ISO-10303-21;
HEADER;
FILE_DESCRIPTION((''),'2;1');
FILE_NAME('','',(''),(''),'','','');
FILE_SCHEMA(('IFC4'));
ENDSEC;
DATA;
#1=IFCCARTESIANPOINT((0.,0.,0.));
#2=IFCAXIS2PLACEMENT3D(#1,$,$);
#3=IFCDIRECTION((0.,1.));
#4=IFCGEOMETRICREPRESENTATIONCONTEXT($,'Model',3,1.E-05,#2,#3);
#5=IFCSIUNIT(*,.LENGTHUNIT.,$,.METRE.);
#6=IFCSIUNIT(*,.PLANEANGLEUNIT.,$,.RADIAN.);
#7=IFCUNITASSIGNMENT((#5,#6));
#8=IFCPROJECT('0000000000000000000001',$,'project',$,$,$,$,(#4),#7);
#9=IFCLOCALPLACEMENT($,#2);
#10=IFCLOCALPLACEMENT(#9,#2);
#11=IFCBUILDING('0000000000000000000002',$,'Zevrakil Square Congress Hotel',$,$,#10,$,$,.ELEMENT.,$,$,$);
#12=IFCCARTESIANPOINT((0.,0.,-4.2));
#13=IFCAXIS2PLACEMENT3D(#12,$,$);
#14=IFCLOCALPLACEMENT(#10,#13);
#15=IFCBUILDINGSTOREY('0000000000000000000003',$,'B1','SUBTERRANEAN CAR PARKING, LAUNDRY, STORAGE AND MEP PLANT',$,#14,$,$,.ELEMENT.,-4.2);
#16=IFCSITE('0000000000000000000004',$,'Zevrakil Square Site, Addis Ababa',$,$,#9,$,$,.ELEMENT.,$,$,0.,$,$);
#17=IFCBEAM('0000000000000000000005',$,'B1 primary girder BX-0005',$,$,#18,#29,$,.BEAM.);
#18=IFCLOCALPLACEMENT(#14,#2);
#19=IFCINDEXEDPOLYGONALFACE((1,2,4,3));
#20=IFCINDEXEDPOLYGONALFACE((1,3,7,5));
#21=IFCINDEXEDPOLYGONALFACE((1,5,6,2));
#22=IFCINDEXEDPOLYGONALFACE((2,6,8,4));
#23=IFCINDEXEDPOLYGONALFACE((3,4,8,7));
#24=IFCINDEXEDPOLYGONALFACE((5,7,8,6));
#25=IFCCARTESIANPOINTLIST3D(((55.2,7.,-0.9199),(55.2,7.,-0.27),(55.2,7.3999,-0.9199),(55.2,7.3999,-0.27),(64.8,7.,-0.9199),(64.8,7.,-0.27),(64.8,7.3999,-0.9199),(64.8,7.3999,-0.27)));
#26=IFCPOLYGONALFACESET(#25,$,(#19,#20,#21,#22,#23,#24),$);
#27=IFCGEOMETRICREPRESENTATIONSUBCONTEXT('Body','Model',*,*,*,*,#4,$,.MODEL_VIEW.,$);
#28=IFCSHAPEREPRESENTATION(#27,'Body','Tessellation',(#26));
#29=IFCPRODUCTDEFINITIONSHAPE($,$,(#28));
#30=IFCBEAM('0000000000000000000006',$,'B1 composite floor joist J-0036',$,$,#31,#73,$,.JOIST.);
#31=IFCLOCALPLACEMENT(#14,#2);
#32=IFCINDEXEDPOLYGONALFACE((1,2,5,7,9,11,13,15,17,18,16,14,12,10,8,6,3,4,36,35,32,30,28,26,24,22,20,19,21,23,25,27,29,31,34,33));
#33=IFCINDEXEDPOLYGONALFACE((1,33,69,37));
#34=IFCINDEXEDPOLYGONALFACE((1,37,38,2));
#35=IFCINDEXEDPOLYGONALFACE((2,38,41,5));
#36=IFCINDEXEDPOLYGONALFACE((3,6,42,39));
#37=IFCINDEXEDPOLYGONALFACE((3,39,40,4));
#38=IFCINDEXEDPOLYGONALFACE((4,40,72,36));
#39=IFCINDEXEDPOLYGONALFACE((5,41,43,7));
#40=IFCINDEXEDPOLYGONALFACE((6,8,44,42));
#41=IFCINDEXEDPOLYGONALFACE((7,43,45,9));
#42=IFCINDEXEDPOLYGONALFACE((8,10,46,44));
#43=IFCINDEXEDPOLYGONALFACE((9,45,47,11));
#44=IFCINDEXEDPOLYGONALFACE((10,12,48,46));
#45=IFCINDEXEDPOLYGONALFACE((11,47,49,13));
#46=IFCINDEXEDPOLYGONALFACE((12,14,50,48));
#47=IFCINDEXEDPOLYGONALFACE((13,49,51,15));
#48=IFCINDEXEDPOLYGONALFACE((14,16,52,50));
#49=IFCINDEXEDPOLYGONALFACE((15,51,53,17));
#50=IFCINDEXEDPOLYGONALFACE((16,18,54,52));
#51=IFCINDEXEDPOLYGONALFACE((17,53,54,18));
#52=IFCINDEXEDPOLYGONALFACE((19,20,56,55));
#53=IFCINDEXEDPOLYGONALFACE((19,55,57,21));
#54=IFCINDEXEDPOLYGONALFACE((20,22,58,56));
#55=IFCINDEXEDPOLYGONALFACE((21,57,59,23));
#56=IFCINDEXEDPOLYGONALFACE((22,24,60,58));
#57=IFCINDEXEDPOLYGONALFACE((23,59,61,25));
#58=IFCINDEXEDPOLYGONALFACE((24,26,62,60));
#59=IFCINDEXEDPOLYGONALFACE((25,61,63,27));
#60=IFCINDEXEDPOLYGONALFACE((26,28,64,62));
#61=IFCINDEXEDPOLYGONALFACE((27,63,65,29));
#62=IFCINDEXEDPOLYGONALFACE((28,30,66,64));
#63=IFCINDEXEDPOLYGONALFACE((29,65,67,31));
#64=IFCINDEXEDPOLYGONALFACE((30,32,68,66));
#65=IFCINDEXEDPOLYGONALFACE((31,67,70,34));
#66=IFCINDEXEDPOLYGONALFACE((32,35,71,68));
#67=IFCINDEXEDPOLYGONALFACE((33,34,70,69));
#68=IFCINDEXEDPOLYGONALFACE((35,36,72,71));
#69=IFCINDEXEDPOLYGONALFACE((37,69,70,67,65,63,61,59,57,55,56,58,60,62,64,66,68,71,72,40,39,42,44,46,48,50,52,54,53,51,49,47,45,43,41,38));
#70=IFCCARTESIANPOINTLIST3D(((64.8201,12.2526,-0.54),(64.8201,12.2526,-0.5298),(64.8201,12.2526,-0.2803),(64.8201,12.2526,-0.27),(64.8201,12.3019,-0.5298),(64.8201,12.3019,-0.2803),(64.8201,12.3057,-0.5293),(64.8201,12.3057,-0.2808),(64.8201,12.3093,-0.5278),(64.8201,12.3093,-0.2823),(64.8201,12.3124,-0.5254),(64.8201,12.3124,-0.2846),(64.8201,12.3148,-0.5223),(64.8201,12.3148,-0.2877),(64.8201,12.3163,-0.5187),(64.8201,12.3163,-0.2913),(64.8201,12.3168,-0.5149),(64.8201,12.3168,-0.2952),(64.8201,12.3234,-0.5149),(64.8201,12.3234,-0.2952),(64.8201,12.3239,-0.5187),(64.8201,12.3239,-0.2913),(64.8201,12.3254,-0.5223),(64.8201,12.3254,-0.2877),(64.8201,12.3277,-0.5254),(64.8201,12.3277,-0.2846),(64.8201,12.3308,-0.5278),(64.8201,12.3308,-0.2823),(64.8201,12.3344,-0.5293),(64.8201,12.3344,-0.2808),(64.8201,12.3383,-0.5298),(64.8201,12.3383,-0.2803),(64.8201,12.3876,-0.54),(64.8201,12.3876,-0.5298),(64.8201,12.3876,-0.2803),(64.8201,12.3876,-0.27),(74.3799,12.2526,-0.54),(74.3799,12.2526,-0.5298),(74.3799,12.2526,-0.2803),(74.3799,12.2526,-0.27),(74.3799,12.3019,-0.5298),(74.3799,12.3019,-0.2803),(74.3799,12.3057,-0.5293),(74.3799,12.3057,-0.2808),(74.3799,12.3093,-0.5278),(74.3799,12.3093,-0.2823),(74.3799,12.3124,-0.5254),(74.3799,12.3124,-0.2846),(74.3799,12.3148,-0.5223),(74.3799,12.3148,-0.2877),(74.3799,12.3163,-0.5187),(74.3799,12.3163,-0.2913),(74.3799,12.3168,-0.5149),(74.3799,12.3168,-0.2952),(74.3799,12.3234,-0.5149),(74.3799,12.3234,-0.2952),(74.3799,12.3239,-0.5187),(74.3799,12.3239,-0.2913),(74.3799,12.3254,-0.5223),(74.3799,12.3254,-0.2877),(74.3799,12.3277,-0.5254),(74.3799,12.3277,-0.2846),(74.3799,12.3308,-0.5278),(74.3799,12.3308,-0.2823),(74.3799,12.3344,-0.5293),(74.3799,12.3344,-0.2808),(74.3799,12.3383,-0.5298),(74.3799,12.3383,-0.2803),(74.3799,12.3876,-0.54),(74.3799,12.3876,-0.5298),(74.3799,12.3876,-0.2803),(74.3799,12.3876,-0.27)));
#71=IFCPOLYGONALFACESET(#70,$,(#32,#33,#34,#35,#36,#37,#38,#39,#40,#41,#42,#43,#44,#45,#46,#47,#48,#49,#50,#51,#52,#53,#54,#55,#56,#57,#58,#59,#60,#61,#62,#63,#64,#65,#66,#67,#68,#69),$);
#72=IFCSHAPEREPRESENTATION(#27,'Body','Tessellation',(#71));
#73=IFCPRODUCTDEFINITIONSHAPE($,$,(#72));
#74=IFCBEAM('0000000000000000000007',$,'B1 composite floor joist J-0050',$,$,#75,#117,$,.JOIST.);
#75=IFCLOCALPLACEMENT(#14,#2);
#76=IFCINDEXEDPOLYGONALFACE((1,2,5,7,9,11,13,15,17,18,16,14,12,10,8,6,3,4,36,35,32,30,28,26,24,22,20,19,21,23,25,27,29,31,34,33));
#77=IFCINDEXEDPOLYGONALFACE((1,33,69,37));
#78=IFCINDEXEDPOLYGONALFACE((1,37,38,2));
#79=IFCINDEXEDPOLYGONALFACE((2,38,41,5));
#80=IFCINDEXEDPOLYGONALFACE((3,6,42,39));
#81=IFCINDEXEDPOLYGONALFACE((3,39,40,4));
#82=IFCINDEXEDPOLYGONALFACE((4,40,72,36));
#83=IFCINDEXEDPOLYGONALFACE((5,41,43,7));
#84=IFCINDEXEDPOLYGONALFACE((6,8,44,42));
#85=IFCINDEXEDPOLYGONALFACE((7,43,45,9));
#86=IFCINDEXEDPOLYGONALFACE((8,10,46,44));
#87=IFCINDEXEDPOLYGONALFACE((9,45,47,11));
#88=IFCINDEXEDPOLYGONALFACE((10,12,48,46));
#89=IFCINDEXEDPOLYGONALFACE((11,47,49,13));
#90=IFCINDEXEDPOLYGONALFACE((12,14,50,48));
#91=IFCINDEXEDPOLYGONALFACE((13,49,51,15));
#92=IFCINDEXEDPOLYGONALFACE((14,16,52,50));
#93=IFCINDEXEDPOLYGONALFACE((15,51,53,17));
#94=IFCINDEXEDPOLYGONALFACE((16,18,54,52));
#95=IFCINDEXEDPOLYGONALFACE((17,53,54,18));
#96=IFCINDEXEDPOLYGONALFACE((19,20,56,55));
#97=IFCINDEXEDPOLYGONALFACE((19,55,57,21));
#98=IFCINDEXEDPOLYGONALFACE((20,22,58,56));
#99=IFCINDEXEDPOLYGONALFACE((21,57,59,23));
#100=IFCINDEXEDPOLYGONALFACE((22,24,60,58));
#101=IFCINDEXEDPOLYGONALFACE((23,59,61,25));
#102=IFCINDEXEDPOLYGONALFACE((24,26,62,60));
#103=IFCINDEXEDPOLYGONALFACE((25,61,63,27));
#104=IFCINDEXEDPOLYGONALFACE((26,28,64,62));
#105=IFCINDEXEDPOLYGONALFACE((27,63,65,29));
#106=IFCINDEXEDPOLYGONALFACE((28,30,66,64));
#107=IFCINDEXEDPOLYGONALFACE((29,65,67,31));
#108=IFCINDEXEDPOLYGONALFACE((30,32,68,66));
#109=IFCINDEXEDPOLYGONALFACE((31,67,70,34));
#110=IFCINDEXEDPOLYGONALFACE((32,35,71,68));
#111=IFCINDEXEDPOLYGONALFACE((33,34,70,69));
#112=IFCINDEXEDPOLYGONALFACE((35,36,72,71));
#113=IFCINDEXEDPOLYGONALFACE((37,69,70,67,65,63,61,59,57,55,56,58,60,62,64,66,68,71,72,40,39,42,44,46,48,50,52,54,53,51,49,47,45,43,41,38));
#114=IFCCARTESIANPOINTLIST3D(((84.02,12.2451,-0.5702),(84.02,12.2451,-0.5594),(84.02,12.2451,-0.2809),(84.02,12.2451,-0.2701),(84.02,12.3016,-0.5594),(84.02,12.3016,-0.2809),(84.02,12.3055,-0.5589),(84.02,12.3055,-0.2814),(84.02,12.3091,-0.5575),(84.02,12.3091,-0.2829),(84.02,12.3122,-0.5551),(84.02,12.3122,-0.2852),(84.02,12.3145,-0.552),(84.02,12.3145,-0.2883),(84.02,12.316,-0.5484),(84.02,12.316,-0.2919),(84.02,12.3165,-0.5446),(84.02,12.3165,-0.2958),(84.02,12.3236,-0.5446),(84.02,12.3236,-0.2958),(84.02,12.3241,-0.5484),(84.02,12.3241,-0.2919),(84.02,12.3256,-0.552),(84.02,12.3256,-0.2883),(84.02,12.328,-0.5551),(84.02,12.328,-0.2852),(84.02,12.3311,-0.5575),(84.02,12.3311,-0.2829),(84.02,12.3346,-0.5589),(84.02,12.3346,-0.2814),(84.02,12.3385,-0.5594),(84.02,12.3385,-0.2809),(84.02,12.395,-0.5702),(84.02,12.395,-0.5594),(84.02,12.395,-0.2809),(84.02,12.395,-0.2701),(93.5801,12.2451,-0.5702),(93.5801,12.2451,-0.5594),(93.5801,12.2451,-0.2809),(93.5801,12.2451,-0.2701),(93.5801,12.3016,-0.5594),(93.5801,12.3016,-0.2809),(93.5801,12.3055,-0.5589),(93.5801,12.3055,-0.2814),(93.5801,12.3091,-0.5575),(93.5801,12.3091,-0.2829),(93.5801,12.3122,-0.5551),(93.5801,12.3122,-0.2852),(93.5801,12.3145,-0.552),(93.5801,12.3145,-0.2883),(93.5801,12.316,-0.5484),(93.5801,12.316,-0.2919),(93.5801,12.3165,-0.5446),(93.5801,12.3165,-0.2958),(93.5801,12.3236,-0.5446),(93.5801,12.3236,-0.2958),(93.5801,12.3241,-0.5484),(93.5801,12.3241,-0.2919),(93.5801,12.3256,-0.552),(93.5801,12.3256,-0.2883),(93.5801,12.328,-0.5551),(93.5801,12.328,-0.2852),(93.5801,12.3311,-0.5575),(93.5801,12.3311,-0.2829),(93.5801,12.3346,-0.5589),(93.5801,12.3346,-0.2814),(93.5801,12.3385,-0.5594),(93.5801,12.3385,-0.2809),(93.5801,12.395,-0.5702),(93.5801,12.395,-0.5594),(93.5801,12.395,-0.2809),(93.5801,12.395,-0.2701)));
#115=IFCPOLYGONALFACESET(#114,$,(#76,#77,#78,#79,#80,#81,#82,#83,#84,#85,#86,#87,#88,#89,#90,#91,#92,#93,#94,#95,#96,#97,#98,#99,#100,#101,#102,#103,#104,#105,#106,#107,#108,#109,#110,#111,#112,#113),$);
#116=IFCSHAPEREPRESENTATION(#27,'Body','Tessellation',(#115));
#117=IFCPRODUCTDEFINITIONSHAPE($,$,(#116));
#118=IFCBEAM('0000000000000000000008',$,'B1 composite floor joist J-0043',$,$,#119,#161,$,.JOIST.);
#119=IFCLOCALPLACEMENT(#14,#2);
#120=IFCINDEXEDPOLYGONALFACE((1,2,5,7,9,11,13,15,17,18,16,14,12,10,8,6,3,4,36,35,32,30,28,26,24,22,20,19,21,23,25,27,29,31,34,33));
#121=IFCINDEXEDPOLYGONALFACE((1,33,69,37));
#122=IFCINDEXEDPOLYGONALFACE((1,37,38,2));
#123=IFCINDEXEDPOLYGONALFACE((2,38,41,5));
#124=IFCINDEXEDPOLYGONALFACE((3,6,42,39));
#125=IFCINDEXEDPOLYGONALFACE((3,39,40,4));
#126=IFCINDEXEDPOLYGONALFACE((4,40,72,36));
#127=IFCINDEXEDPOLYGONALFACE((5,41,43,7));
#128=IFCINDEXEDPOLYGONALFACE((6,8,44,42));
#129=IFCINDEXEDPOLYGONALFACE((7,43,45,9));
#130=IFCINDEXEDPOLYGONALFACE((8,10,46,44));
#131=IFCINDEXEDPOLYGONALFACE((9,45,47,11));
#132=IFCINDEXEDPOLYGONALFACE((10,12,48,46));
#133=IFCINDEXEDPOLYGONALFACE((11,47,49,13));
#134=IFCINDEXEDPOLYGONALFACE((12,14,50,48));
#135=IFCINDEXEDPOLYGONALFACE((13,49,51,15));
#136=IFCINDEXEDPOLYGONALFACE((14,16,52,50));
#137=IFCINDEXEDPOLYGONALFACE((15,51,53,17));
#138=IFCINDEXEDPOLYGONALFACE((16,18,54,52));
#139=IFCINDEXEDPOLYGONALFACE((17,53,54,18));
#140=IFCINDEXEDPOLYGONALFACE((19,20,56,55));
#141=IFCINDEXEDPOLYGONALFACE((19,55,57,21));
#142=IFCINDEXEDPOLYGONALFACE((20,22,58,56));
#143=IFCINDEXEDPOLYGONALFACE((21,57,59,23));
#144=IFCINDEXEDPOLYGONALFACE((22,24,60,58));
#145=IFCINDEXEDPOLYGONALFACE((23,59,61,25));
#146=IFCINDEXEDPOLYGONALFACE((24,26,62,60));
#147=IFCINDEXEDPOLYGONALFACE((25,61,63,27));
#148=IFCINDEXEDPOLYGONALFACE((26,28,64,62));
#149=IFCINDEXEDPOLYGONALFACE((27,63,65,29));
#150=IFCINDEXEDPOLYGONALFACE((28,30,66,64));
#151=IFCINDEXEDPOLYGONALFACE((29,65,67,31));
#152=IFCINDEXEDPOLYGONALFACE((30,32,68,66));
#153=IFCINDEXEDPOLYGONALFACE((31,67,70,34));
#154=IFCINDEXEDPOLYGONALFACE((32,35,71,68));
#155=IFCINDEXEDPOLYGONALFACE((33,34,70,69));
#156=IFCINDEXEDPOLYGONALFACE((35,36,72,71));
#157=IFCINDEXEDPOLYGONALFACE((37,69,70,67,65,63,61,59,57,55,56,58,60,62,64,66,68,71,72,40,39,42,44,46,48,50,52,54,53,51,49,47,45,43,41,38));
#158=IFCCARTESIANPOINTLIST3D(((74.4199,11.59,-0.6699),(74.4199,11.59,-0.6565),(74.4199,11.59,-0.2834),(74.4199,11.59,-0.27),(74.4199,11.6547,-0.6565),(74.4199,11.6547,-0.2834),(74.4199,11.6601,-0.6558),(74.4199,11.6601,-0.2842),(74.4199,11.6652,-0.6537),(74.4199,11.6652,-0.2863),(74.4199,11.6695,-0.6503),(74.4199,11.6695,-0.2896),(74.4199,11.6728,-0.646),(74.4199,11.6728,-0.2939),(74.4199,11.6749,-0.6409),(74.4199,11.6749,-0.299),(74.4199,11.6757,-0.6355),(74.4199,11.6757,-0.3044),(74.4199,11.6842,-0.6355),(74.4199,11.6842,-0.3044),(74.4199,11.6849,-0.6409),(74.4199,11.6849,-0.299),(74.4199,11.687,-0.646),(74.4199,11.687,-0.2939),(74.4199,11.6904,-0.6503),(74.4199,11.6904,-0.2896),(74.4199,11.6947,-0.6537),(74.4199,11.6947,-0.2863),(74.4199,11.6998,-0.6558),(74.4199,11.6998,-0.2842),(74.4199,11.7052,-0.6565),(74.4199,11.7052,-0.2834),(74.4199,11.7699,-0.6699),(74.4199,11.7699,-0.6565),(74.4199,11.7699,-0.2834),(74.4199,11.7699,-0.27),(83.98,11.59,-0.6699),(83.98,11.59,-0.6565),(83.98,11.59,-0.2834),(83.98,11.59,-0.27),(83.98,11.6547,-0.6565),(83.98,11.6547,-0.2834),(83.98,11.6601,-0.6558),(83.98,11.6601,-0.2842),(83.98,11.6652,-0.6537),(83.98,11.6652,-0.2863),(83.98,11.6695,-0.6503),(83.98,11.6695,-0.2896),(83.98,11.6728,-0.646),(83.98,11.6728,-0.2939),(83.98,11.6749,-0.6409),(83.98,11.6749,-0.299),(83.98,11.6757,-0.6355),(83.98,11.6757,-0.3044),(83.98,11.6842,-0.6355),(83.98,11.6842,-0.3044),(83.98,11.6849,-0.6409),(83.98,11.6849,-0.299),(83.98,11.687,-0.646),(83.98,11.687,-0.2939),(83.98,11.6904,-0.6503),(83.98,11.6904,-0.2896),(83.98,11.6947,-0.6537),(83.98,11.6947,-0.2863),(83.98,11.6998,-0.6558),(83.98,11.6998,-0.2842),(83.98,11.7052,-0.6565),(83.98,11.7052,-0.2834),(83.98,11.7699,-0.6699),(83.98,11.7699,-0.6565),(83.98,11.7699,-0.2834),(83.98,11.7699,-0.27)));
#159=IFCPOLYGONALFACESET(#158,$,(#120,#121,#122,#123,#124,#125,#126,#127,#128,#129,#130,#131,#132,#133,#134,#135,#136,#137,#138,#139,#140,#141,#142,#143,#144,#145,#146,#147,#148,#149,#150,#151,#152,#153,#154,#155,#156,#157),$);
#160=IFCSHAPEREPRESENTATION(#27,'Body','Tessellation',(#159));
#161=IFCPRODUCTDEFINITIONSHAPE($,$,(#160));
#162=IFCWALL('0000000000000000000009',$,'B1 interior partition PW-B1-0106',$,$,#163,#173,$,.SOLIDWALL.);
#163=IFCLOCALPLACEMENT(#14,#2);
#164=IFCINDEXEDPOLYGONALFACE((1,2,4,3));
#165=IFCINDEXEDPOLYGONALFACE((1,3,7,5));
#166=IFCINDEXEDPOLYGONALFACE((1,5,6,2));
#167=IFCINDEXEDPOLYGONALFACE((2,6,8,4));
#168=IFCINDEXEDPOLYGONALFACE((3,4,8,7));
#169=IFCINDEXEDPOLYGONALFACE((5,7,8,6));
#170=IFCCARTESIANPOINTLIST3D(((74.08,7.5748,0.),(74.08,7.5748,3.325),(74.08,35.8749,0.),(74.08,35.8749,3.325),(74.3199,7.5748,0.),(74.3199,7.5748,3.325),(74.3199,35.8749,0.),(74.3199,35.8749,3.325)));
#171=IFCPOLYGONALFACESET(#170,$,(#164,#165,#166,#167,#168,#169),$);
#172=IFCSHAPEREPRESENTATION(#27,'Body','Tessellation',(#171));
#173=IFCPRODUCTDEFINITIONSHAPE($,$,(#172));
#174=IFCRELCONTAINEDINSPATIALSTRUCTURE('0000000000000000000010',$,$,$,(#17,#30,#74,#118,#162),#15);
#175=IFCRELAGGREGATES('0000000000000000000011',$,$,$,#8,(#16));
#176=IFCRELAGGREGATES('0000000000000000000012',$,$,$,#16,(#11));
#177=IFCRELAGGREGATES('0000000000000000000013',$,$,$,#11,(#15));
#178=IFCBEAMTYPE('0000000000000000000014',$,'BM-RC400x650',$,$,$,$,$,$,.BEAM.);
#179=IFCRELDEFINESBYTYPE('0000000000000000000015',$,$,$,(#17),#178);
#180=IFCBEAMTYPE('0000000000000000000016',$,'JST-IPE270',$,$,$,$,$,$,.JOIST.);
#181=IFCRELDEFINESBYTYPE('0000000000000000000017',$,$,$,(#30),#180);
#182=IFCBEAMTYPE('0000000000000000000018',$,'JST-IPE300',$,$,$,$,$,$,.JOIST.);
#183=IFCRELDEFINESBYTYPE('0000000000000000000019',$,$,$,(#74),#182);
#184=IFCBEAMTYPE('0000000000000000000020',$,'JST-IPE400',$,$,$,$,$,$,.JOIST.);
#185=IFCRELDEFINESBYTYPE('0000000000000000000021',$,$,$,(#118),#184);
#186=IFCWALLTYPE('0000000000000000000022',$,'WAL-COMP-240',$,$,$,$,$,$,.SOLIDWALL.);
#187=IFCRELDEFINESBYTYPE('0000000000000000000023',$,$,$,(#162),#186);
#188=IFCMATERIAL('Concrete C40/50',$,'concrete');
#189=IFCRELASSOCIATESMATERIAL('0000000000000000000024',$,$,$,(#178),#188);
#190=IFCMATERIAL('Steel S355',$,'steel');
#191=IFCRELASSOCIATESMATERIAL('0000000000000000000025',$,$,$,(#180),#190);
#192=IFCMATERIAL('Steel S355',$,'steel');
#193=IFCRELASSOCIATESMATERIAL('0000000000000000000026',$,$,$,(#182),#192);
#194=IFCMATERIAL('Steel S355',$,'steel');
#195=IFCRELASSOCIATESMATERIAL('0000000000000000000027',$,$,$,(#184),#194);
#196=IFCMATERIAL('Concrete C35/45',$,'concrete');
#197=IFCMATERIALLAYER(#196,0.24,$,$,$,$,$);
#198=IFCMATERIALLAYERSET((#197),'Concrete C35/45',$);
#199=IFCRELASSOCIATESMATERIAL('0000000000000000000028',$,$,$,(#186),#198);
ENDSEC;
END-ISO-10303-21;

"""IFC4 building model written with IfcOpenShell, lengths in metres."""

from ifc_helpers import new_model, si_unit, direction, frame, frame_2d, origin, origin_2d, place, context, subcontext, project, spatial, rectangle, i_section, extrude, material, layer, layer_set, material_profile, profile_set, type_object, element, save


model = new_model("IFC4")

# Units and contexts
model_context = context("Model", 3, precision=1e-05, world=origin(), true_north=direction((0.0, 1.0)))
body_context = subcontext(model_context, "Body", "Model", "MODEL_VIEW")
ifc_project = project(units=[si_unit("LENGTHUNIT", "METRE"), si_unit("PLANEANGLEUNIT", "RADIAN")], contexts=[model_context])

# Site, building, storey
site_placement = place(None, origin())
site = spatial("IfcSite", under=ifc_project, at=site_placement, Name="Zevrakil Square Site, Addis Ababa", CompositionType="ELEMENT", RefElevation=0.0)
building_placement = place(site_placement, origin())
building = spatial("IfcBuilding", under=site, at=building_placement, Name="Zevrakil Square Congress Hotel", CompositionType="ELEMENT")
storey_placement = place(building_placement, frame((0.0, 0.0, -4.2)))
storey = spatial("IfcBuildingStorey", under=building, at=storey_placement, Name="B1", Description="SUBTERRANEAN CAR PARKING, LAUNDRY, STORAGE AND MEP PLANT", CompositionType="ELEMENT", Elevation=-4.2)

# Beams
ifc_material_1 = material(Name="Concrete C40/50", Category="concrete")
ifc_material_profile_1 = material_profile(ifc_material_1, rectangle(XDim=0.3999, YDim=0.6499, at=origin_2d()), Name="RC 400x650")
ifc_profile_set_1 = profile_set([ifc_material_profile_1], Name="Concrete C40/50")
beam_type_1 = type_object("IfcBeamType", Name="BM-RC400x650", PredefinedType="BEAM", material=ifc_profile_set_1)
beam_1_placement = place(storey_placement, frame((55.2, 7.2, -0.595), z_axis=(1.0, 0.0, 0.0), x_axis=(0.0, 1.0, 0.0)))
element("IfcBeam", 1, at=beam_1_placement, inside=storey, type_object=beam_type_1, Name="B1 primary girder BX-0005", PredefinedType="BEAM", context=body_context, shape_type="SweptSolid", body=[
    extrude(rectangle(XDim=0.3999, YDim=0.6499, at=origin_2d()), origin(), (0.0, 0.0, 1.0), 9.6001),
])
ifc_material_2 = material(Name="Steel S355", Category="steel")
ifc_material_profile_2 = material_profile(ifc_material_2, i_section(OverallWidth=0.135, OverallDepth=0.27, WebThickness=0.0066, FlangeThickness=0.0103, FilletRadius=0.0149, at=origin_2d()), Name="IPE 270")
ifc_profile_set_2 = profile_set([ifc_material_profile_2], Name="Steel S355")
beam_type_2 = type_object("IfcBeamType", Name="JST-IPE270", PredefinedType="JOIST", material=ifc_profile_set_2)
beam_2_placement = place(storey_placement, frame((64.8201, 12.3201, -0.405), z_axis=(1.0, 0.0, 0.0), x_axis=(0.0, 1.0, 0.0)))
element("IfcBeam", 2, at=beam_2_placement, inside=storey, type_object=beam_type_2, Name="B1 composite floor joist J-0036", PredefinedType="JOIST", context=body_context, shape_type="SweptSolid", body=[
    extrude(i_section(OverallWidth=0.135, OverallDepth=0.27, WebThickness=0.0066, FlangeThickness=0.0103, FilletRadius=0.0149, at=origin_2d()), origin(), (0.0, 0.0, 1.0), 9.5598),
])
ifc_material_3 = material(Name="Steel S355", Category="steel")
ifc_material_profile_3 = material_profile(ifc_material_3, i_section(OverallWidth=0.1499, OverallDepth=0.3, WebThickness=0.0071, FlangeThickness=0.0107, FilletRadius=0.0149, at=origin_2d()), Name="IPE 300")
ifc_profile_set_3 = profile_set([ifc_material_profile_3], Name="Steel S355")
beam_type_3 = type_object("IfcBeamType", Name="JST-IPE300", PredefinedType="JOIST", material=ifc_profile_set_3)
beam_3_placement = place(storey_placement, frame((84.02, 12.3201, -0.4202), z_axis=(1.0, 0.0, 0.0), x_axis=(0.0, 1.0, 0.0)))
element("IfcBeam", 3, at=beam_3_placement, inside=storey, type_object=beam_type_3, Name="B1 composite floor joist J-0050", PredefinedType="JOIST", context=body_context, shape_type="SweptSolid", body=[
    extrude(i_section(OverallWidth=0.1499, OverallDepth=0.3, WebThickness=0.0071, FlangeThickness=0.0107, FilletRadius=0.0149, at=origin_2d()), origin(), (0.0, 0.0, 1.0), 9.5601),
])
ifc_material_4 = material(Name="Steel S355", Category="steel")
ifc_material_profile_4 = material_profile(ifc_material_4, i_section(OverallWidth=0.1799, OverallDepth=0.3999, WebThickness=0.0085, FlangeThickness=0.0134, FilletRadius=0.021, at=origin_2d()), Name="IPE 400")
ifc_profile_set_4 = profile_set([ifc_material_profile_4], Name="Steel S355")
beam_type_4 = type_object("IfcBeamType", Name="JST-IPE400", PredefinedType="JOIST", material=ifc_profile_set_4)
beam_4_placement = place(storey_placement, frame((74.4199, 11.6799, -0.47), z_axis=(1.0, 0.0, 0.0), x_axis=(0.0, 1.0, 0.0)))
element("IfcBeam", 4, at=beam_4_placement, inside=storey, type_object=beam_type_4, Name="B1 composite floor joist J-0043", PredefinedType="JOIST", context=body_context, shape_type="SweptSolid", body=[
    extrude(i_section(OverallWidth=0.1799, OverallDepth=0.3999, WebThickness=0.0085, FlangeThickness=0.0134, FilletRadius=0.021, at=origin_2d()), origin(), (0.0, 0.0, 1.0), 9.5601),
])

# Wall
ifc_material_5 = material(Name="Concrete C35/45", Category="concrete")
ifc_layer = layer(ifc_material_5, 0.24)
ifc_layer_set = layer_set([ifc_layer], Name="Concrete C35/45")
wall_type = type_object("IfcWallType", Name="WAL-COMP-240", PredefinedType="SOLIDWALL", material=ifc_layer_set)
wall_placement = place(storey_placement, frame((74.2, 7.575, 0.0), z_axis=(0.0, 0.0, 1.0), x_axis=(0.0, 1.0, 0.0)))
element("IfcWall", 5, at=wall_placement, inside=storey, type_object=wall_type, Name="B1 interior partition PW-B1-0106", PredefinedType="SOLIDWALL", context=body_context, shape_type="SweptSolid", body=[
    extrude(rectangle(XDim=28.3, YDim=0.24, at=frame_2d((14.1499, 0.0))), origin(), (0.0, 0.0, 1.0), 3.325),
])

save(model, "model.ifc")
